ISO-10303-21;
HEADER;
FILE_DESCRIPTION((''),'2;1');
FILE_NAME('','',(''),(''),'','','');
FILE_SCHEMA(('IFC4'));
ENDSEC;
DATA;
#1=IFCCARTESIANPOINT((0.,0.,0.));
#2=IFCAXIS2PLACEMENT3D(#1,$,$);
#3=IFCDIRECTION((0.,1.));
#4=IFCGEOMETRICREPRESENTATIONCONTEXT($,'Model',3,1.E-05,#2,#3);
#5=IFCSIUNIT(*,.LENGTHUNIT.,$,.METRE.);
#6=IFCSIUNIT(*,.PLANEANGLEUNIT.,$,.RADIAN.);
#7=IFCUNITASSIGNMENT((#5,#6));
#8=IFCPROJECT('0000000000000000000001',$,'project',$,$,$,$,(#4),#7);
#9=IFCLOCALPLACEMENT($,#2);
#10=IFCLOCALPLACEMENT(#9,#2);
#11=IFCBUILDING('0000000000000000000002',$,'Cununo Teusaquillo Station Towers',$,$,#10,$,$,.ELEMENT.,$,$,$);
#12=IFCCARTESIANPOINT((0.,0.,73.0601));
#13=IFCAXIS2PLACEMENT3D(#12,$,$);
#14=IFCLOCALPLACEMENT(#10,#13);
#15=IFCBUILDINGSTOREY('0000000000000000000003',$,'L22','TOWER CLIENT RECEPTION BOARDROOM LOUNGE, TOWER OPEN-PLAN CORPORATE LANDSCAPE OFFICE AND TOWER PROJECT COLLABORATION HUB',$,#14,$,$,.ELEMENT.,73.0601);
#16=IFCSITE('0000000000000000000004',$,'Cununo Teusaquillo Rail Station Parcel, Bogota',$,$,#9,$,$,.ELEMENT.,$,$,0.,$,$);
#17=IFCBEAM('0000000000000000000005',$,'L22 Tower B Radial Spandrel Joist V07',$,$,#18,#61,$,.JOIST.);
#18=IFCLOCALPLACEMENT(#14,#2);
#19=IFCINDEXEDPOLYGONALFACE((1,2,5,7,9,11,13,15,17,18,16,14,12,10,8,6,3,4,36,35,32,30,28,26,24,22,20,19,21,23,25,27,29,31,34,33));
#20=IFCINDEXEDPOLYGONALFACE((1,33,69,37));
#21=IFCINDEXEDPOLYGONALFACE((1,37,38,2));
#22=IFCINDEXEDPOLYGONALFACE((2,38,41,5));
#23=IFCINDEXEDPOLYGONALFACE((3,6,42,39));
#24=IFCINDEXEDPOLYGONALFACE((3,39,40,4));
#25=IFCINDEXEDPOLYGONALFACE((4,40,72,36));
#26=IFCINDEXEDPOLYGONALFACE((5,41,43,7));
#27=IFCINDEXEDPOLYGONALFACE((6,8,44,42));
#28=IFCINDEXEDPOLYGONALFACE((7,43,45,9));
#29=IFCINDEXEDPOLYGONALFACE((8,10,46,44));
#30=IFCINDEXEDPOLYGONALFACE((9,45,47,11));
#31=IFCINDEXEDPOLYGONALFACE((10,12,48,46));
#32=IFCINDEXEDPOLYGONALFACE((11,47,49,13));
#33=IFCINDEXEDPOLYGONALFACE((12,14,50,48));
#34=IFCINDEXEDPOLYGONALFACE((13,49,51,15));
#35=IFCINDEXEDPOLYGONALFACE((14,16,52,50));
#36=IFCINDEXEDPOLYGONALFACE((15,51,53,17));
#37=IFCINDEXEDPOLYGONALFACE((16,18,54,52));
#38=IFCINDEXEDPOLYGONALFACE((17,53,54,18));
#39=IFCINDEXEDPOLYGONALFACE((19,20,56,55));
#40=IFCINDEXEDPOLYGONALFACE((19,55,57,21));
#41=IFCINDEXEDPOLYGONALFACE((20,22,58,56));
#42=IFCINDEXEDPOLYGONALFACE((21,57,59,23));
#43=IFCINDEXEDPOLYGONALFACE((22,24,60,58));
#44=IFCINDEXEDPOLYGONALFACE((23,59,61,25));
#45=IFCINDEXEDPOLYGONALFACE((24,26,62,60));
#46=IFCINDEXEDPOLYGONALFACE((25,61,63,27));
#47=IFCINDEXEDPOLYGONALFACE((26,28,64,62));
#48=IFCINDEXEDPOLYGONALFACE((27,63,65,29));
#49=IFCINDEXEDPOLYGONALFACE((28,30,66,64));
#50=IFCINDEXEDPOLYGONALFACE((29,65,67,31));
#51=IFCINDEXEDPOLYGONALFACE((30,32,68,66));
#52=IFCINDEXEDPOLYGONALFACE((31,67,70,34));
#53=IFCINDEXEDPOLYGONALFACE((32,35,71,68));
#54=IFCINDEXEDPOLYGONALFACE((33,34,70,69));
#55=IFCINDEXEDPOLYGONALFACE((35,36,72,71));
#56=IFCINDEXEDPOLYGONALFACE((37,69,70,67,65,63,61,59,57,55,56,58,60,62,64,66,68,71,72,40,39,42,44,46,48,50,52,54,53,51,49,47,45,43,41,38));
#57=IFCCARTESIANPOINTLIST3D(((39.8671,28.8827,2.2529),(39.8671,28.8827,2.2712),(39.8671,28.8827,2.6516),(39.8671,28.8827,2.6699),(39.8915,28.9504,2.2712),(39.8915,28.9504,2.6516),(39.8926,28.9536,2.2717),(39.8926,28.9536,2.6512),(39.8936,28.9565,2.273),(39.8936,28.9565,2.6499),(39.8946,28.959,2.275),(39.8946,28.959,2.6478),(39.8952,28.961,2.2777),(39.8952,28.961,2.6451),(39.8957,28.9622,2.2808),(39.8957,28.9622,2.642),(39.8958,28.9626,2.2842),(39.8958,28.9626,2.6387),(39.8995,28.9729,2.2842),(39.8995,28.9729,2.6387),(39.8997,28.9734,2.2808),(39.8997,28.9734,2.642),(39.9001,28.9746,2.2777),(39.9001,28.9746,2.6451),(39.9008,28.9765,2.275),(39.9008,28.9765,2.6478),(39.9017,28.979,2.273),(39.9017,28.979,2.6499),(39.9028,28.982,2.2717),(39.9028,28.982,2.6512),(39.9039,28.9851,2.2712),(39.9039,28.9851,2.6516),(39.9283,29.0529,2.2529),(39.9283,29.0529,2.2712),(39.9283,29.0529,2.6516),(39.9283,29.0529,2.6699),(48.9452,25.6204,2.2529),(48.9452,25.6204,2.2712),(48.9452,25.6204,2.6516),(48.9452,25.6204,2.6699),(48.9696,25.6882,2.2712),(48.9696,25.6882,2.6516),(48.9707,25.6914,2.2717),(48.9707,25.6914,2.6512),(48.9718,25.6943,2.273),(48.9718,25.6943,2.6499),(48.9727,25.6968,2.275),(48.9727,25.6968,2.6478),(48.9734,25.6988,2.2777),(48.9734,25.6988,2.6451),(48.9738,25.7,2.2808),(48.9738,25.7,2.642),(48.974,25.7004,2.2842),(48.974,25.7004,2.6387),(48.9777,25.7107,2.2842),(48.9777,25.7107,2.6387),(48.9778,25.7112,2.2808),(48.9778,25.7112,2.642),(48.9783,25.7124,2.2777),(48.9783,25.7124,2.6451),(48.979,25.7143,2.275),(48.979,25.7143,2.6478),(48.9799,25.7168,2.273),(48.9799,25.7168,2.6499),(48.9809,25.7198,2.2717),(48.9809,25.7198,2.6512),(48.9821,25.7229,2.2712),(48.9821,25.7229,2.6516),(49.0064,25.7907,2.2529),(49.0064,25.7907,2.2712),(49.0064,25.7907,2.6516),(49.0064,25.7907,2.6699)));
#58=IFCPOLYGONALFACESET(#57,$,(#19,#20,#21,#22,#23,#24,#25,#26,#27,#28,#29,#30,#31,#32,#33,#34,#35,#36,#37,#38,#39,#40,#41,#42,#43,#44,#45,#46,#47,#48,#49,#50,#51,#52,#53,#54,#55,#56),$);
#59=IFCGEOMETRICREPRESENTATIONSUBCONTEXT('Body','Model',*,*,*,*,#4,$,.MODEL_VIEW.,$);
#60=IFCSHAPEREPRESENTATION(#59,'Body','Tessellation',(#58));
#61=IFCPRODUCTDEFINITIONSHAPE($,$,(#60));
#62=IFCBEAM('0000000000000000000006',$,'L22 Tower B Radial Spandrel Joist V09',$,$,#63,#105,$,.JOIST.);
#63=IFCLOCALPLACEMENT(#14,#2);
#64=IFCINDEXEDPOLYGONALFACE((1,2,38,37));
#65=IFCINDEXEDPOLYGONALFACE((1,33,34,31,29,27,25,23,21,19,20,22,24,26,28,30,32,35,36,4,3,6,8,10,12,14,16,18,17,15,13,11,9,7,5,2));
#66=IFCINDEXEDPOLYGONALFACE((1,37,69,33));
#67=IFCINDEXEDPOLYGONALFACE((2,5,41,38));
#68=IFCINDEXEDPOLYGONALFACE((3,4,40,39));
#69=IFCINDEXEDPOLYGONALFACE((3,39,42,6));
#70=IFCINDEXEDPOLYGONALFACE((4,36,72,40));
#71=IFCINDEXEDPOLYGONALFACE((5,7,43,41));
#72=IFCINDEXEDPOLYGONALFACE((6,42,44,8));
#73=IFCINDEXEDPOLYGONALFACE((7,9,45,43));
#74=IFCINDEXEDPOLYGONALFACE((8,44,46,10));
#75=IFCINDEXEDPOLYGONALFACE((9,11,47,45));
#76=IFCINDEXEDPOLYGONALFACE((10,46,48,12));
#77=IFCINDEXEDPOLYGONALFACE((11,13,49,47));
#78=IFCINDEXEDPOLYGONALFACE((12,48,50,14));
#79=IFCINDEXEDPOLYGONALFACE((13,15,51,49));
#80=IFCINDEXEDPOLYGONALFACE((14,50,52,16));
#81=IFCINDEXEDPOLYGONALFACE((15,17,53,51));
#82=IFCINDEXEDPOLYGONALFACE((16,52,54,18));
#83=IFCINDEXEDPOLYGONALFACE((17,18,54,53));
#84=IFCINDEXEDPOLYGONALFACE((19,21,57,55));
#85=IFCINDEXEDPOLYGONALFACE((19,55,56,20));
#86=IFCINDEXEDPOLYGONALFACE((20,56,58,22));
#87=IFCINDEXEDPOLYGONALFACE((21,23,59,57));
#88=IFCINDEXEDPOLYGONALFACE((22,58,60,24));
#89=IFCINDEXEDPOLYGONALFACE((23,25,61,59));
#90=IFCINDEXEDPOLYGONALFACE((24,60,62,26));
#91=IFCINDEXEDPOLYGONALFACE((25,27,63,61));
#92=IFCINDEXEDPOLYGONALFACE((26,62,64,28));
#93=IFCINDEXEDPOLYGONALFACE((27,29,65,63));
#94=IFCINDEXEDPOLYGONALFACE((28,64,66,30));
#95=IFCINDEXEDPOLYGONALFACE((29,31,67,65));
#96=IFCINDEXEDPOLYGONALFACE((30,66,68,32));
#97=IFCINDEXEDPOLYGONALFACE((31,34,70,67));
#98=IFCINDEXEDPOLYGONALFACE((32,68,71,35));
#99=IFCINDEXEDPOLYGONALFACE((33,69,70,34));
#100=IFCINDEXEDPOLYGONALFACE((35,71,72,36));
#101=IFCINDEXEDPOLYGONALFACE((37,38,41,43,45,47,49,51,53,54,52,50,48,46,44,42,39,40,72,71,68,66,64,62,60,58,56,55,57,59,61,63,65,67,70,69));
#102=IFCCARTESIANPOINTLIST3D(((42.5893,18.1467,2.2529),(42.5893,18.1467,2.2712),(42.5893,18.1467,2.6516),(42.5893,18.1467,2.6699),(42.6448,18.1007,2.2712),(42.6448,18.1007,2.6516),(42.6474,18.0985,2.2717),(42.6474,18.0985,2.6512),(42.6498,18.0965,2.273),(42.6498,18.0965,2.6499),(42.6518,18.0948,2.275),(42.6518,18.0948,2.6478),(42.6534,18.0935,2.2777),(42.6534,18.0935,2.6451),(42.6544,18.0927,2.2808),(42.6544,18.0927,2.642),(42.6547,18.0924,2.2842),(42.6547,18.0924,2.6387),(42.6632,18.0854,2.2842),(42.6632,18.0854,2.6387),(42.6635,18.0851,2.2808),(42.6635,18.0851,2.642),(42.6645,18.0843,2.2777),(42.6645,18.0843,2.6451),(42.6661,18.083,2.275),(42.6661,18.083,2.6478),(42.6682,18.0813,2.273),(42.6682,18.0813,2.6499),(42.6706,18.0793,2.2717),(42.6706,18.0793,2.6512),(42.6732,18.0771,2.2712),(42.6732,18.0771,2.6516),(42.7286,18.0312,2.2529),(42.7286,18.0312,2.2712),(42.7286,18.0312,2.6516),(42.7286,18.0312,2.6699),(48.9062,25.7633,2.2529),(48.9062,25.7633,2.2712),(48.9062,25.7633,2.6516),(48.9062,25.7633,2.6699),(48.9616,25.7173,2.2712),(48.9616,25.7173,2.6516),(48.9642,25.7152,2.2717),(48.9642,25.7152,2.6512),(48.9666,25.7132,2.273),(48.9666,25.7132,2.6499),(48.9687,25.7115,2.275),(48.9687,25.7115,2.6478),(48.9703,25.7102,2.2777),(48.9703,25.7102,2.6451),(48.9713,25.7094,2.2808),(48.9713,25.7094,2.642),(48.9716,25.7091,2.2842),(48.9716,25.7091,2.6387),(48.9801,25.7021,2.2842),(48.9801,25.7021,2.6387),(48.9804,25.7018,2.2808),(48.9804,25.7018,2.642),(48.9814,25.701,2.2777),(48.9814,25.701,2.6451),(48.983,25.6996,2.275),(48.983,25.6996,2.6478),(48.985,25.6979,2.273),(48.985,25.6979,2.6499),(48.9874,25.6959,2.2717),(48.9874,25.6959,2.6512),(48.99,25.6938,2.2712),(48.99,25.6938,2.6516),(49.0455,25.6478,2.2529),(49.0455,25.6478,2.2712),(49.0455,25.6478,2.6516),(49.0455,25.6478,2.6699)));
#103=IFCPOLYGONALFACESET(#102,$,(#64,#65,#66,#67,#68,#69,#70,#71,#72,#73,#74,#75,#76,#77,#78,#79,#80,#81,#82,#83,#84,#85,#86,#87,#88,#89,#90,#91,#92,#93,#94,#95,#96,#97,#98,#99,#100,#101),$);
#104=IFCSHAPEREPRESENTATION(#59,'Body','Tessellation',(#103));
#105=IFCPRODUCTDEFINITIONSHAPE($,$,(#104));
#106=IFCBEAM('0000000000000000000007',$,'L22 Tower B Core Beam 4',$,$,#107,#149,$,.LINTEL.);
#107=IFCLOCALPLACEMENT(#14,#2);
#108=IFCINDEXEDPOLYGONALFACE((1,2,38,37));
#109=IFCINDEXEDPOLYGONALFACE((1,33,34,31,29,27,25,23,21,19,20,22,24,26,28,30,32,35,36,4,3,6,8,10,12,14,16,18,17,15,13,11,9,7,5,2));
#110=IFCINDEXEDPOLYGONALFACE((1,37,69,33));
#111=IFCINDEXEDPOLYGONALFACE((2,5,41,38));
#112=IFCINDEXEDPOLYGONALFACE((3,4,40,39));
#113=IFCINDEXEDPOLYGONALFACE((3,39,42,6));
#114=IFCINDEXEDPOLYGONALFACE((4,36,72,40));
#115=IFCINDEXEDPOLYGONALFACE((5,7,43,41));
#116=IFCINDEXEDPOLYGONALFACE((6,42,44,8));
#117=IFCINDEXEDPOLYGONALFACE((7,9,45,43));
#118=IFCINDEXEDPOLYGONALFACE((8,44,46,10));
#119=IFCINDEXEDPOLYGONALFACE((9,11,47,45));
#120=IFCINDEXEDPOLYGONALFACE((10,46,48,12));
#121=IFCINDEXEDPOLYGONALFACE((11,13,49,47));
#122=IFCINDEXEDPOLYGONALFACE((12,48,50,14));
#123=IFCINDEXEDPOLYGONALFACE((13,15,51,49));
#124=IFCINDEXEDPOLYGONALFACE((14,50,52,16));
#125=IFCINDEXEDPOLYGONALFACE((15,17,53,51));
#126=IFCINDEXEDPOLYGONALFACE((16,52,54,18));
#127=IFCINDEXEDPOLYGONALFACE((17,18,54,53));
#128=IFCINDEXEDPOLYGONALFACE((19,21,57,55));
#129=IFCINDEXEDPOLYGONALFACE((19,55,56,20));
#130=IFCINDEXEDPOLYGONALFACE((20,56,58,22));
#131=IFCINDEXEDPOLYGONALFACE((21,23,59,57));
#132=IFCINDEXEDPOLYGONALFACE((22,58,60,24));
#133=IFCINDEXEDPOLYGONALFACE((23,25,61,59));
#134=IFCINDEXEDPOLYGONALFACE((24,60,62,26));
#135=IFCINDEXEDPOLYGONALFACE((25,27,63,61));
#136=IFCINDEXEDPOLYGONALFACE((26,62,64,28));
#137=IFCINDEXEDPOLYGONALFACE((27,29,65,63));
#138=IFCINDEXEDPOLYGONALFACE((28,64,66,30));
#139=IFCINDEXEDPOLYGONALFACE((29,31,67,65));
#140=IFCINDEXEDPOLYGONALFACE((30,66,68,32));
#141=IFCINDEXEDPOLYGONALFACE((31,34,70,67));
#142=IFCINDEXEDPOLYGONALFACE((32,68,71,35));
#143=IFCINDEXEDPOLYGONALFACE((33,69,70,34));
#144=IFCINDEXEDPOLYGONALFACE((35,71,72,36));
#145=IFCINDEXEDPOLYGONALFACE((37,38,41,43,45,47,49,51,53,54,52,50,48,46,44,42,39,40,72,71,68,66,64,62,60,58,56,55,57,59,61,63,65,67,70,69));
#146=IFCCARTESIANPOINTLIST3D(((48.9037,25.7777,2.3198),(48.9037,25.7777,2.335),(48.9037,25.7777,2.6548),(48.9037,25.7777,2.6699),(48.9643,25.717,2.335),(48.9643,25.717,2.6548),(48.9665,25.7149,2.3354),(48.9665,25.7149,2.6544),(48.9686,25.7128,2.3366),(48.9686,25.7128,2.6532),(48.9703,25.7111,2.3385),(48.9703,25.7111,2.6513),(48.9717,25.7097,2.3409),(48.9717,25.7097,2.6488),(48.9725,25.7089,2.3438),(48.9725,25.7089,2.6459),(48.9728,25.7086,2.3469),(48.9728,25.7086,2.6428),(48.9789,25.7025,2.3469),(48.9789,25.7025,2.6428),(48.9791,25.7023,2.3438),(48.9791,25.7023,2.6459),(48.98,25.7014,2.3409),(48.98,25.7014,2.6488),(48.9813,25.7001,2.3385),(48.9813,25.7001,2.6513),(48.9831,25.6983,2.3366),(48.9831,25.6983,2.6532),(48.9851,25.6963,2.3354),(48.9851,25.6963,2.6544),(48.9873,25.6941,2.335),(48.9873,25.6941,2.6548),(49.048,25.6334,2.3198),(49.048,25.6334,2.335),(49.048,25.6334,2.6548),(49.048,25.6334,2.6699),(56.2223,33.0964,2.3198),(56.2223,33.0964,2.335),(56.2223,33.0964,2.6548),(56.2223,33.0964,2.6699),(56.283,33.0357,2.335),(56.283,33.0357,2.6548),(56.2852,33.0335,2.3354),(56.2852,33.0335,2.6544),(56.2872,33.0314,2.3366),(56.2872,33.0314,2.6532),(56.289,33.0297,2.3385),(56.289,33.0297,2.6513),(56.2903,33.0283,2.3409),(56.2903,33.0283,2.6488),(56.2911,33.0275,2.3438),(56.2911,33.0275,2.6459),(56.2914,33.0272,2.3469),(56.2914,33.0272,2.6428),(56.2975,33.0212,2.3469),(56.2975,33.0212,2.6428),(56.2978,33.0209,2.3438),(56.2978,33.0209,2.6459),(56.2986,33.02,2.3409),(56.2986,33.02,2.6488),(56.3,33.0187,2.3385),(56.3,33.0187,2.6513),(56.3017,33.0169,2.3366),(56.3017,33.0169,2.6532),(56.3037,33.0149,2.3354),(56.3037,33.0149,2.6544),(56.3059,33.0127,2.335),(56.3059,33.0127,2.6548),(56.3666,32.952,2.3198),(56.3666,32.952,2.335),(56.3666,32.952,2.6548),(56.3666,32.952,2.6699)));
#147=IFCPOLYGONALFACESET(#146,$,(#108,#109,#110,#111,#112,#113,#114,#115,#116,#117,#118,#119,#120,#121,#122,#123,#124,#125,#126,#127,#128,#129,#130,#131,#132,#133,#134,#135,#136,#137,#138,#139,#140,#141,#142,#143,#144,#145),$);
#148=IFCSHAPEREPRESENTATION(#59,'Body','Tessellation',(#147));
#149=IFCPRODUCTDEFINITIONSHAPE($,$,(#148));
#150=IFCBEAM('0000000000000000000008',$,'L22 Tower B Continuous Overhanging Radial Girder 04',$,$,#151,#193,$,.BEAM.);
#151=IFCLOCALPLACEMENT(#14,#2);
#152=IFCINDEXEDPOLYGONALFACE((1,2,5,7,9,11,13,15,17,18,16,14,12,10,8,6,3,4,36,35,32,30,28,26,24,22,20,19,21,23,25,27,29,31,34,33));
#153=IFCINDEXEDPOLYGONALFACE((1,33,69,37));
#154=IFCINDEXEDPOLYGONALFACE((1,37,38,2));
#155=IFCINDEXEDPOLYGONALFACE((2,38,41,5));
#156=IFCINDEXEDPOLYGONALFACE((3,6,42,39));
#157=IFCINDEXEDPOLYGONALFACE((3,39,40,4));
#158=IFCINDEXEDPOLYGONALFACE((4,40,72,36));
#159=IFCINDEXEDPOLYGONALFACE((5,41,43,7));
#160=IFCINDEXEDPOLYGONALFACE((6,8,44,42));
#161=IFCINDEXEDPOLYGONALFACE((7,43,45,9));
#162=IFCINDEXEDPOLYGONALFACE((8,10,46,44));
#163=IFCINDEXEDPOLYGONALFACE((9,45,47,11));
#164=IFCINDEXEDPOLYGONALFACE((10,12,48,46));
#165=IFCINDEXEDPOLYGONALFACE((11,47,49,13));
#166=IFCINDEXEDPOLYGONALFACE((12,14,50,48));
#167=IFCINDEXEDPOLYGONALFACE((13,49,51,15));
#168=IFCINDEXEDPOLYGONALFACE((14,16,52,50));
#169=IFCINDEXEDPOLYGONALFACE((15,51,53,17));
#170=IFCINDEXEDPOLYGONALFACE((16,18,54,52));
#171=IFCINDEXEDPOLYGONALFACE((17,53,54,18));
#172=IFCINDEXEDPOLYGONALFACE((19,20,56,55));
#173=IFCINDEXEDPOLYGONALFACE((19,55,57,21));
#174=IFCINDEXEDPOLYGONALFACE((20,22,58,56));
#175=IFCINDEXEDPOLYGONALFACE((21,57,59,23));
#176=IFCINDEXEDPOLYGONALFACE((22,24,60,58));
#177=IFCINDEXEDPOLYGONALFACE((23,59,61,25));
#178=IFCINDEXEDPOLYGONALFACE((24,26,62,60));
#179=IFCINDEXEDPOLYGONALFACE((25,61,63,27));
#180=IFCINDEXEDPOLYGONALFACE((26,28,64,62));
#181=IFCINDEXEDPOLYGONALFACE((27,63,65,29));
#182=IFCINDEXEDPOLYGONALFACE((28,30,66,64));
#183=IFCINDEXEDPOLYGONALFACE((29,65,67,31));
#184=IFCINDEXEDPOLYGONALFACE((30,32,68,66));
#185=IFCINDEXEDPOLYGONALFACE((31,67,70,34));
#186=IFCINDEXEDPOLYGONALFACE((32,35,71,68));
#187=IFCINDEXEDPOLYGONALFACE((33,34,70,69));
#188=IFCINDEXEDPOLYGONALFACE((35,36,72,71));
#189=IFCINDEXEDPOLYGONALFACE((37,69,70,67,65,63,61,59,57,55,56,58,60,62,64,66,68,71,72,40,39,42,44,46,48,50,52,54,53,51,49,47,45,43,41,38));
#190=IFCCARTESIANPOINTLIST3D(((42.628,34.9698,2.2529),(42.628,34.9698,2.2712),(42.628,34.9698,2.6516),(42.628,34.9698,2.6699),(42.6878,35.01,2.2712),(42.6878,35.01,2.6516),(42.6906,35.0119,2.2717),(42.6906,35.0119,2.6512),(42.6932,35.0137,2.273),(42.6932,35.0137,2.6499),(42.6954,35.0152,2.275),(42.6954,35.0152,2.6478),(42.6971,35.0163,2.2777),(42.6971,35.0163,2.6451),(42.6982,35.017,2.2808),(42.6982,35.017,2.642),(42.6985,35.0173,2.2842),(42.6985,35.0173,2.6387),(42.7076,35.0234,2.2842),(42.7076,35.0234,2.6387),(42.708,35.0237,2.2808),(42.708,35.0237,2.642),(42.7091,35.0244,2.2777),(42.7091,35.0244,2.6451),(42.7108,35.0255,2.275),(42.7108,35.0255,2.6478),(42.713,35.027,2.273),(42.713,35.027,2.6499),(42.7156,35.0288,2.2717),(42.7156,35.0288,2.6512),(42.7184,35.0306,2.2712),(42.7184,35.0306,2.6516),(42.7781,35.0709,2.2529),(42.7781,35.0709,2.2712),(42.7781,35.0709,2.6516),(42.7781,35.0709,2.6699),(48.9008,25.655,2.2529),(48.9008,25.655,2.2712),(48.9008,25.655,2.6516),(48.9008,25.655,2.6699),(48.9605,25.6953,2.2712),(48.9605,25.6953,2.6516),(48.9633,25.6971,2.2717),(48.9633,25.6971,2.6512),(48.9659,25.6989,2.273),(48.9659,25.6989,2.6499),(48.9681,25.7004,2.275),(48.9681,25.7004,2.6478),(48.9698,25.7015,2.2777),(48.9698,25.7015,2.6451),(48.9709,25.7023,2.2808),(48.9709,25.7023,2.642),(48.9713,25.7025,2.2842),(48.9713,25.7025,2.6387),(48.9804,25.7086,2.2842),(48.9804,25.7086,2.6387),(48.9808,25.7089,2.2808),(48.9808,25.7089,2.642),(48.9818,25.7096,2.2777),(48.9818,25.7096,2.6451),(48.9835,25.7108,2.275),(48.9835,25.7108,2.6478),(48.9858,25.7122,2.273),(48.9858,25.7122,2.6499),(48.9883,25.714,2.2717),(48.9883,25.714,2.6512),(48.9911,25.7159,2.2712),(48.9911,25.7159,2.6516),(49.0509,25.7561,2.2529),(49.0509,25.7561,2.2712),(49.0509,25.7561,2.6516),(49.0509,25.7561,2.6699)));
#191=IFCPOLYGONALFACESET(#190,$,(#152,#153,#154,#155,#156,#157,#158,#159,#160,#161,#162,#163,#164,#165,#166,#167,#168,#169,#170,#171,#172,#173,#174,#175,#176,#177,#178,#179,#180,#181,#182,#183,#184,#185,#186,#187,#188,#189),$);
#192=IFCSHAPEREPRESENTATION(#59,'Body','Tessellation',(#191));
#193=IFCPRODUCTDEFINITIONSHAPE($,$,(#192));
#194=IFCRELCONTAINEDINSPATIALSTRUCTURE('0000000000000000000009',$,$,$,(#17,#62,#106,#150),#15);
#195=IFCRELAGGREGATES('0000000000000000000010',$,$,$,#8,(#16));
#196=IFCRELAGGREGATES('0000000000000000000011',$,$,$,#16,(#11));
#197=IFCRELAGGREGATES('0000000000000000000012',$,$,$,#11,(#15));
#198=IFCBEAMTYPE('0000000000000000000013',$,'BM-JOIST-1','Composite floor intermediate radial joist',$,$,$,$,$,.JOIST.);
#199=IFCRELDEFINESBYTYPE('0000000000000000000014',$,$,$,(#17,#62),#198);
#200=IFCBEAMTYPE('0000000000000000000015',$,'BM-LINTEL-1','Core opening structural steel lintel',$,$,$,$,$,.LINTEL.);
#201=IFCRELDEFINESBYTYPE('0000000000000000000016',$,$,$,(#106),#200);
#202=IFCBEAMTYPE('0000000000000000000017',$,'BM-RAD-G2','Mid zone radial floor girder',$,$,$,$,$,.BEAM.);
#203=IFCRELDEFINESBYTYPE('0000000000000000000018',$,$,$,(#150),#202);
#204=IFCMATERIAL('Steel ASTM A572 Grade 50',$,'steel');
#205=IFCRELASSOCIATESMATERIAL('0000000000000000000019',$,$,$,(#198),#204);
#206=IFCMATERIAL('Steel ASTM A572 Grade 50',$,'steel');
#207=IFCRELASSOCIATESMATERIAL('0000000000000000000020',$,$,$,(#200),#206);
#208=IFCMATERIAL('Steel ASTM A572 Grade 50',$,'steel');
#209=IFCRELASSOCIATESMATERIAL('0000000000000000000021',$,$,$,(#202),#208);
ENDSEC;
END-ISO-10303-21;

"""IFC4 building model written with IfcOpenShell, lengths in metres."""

from ifc_helpers import new_model, si_unit, direction, frame, origin, origin_2d, place, context, subcontext, project, spatial, i_section, extrude, material, material_profile, profile_set, type_object, element, save


model = new_model("IFC4")

# Units and contexts
model_context = context("Model", 3, precision=1e-05, world=origin(), true_north=direction((0.0, 1.0)))
body_context = subcontext(model_context, "Body", "Model", "MODEL_VIEW")
ifc_project = project(units=[si_unit("LENGTHUNIT", "METRE"), si_unit("PLANEANGLEUNIT", "RADIAN")], contexts=[model_context])

# Site, building, storey
site_placement = place(None, origin())
site = spatial("IfcSite", under=ifc_project, at=site_placement, Name="Cununo Teusaquillo Rail Station Parcel, Bogota", CompositionType="ELEMENT", RefElevation=0.0)
building_placement = place(site_placement, origin())
building = spatial("IfcBuilding", under=site, at=building_placement, Name="Cununo Teusaquillo Station Towers", CompositionType="ELEMENT")
storey_placement = place(building_placement, frame((0.0, 0.0, 73.0601)))
storey = spatial("IfcBuildingStorey", under=building, at=storey_placement, Name="L22", Description="TOWER CLIENT RECEPTION BOARDROOM LOUNGE, TOWER OPEN-PLAN CORPORATE LANDSCAPE OFFICE AND TOWER PROJECT COLLABORATION HUB", CompositionType="ELEMENT", Elevation=73.0601)

# Beams
ifc_material_1 = material(Name="Steel ASTM A572 Grade 50", Category="steel")
ifc_material_profile_1 = material_profile(ifc_material_1, i_section(OverallWidth=0.1809, OverallDepth=0.417, WebThickness=0.011, FlangeThickness=0.0183, FilletRadius=0.0129, at=origin_2d()), Name="W16X57")
ifc_profile_set_1 = profile_set([ifc_material_profile_1], Name="Steel ASTM A572 Grade 50")
beam_type_1 = type_object("IfcBeamType", Name="BM-JOIST-1", Description="Composite floor intermediate radial joist", PredefinedType="JOIST", material=ifc_profile_set_1)
beam_1_placement = place(storey_placement, frame((48.9758, 25.7056, 2.4614), z_axis=(-0.941083, 0.338176, 0.0), x_axis=(-0.338176, -0.941083, 0.0)))
element("IfcBeam", 1, at=beam_1_placement, inside=storey, type_object=beam_type_1, Name="L22 Tower B Radial Spandrel Joist V07", PredefinedType="JOIST", context=body_context, shape_type="SweptSolid", body=[
    extrude(i_section(OverallWidth=0.1809, OverallDepth=0.417, WebThickness=0.011, FlangeThickness=0.0183, FilletRadius=0.0129, at=origin_2d()), origin(), (0.0, 0.0, 1.0), 9.6465),
])
beam_2_placement = place(storey_placement, frame((48.9758, 25.7056, 2.4614), z_axis=(-0.638372, -0.769728, 0.0), x_axis=(0.769728, -0.638372, 0.0)))
element("IfcBeam", 2, at=beam_2_placement, inside=storey, type_object=beam_type_1, Name="L22 Tower B Radial Spandrel Joist V09", PredefinedType="JOIST", context=body_context, shape_type="SweptSolid", body=[
    extrude(i_section(OverallWidth=0.1809, OverallDepth=0.417, WebThickness=0.011, FlangeThickness=0.0183, FilletRadius=0.0129, at=origin_2d()), origin(), (0.0, 0.0, 1.0), 9.8953),
])
ifc_material_2 = material(Name="Steel ASTM A572 Grade 50", Category="steel")
ifc_material_profile_2 = material_profile(ifc_material_2, i_section(OverallWidth=0.2041, OverallDepth=0.3501, WebThickness=0.0085, FlangeThickness=0.0151, FilletRadius=0.012, at=origin_2d()), Name="W14X48")
ifc_profile_set_2 = profile_set([ifc_material_profile_2], Name="Steel ASTM A572 Grade 50")
beam_type_2 = type_object("IfcBeamType", Name="BM-LINTEL-1", Description="Core opening structural steel lintel", PredefinedType="LINTEL", material=ifc_profile_set_2)
beam_3_placement = place(storey_placement, frame((48.9758, 25.7056, 2.4949), z_axis=(0.707107, 0.707107, 0.0), x_axis=(-0.707107, 0.707107, 0.0)))
element("IfcBeam", 3, at=beam_3_placement, inside=storey, type_object=beam_type_2, Name="L22 Tower B Core Beam 4", PredefinedType="LINTEL", context=body_context, shape_type="SweptSolid", body=[
    extrude(i_section(OverallWidth=0.2041, OverallDepth=0.3501, WebThickness=0.0085, FlangeThickness=0.0151, FilletRadius=0.012, at=origin_2d()), origin(), (0.0, 0.0, 1.0), 10.3501),
])
ifc_material_3 = material(Name="Steel ASTM A572 Grade 50", Category="steel")
ifc_material_profile_3 = material_profile(ifc_material_3, i_section(OverallWidth=0.1809, OverallDepth=0.417, WebThickness=0.011, FlangeThickness=0.0183, FilletRadius=0.0129, at=origin_2d()), Name="W16X57")
ifc_profile_set_3 = profile_set([ifc_material_profile_3], Name="Steel ASTM A572 Grade 50")
beam_type_3 = type_object("IfcBeamType", Name="BM-RAD-G2", Description="Mid zone radial floor girder", PredefinedType="BEAM", material=ifc_profile_set_3)
beam_4_placement = place(storey_placement, frame((48.9758, 25.7056, 2.4614), z_axis=(-0.558572, 0.829456, 0.0), x_axis=(-0.829456, -0.558572, 0.0)))
element("IfcBeam", 4, at=beam_4_placement, inside=storey, type_object=beam_type_3, Name="L22 Tower B Continuous Overhanging Radial Girder 04", PredefinedType="BEAM", context=body_context, shape_type="SweptSolid", body=[
    extrude(i_section(OverallWidth=0.1809, OverallDepth=0.417, WebThickness=0.011, FlangeThickness=0.0183, FilletRadius=0.0129, at=origin_2d()), origin(), (0.0, 0.0, 1.0), 11.23),
])

save(model, "model.ifc")
